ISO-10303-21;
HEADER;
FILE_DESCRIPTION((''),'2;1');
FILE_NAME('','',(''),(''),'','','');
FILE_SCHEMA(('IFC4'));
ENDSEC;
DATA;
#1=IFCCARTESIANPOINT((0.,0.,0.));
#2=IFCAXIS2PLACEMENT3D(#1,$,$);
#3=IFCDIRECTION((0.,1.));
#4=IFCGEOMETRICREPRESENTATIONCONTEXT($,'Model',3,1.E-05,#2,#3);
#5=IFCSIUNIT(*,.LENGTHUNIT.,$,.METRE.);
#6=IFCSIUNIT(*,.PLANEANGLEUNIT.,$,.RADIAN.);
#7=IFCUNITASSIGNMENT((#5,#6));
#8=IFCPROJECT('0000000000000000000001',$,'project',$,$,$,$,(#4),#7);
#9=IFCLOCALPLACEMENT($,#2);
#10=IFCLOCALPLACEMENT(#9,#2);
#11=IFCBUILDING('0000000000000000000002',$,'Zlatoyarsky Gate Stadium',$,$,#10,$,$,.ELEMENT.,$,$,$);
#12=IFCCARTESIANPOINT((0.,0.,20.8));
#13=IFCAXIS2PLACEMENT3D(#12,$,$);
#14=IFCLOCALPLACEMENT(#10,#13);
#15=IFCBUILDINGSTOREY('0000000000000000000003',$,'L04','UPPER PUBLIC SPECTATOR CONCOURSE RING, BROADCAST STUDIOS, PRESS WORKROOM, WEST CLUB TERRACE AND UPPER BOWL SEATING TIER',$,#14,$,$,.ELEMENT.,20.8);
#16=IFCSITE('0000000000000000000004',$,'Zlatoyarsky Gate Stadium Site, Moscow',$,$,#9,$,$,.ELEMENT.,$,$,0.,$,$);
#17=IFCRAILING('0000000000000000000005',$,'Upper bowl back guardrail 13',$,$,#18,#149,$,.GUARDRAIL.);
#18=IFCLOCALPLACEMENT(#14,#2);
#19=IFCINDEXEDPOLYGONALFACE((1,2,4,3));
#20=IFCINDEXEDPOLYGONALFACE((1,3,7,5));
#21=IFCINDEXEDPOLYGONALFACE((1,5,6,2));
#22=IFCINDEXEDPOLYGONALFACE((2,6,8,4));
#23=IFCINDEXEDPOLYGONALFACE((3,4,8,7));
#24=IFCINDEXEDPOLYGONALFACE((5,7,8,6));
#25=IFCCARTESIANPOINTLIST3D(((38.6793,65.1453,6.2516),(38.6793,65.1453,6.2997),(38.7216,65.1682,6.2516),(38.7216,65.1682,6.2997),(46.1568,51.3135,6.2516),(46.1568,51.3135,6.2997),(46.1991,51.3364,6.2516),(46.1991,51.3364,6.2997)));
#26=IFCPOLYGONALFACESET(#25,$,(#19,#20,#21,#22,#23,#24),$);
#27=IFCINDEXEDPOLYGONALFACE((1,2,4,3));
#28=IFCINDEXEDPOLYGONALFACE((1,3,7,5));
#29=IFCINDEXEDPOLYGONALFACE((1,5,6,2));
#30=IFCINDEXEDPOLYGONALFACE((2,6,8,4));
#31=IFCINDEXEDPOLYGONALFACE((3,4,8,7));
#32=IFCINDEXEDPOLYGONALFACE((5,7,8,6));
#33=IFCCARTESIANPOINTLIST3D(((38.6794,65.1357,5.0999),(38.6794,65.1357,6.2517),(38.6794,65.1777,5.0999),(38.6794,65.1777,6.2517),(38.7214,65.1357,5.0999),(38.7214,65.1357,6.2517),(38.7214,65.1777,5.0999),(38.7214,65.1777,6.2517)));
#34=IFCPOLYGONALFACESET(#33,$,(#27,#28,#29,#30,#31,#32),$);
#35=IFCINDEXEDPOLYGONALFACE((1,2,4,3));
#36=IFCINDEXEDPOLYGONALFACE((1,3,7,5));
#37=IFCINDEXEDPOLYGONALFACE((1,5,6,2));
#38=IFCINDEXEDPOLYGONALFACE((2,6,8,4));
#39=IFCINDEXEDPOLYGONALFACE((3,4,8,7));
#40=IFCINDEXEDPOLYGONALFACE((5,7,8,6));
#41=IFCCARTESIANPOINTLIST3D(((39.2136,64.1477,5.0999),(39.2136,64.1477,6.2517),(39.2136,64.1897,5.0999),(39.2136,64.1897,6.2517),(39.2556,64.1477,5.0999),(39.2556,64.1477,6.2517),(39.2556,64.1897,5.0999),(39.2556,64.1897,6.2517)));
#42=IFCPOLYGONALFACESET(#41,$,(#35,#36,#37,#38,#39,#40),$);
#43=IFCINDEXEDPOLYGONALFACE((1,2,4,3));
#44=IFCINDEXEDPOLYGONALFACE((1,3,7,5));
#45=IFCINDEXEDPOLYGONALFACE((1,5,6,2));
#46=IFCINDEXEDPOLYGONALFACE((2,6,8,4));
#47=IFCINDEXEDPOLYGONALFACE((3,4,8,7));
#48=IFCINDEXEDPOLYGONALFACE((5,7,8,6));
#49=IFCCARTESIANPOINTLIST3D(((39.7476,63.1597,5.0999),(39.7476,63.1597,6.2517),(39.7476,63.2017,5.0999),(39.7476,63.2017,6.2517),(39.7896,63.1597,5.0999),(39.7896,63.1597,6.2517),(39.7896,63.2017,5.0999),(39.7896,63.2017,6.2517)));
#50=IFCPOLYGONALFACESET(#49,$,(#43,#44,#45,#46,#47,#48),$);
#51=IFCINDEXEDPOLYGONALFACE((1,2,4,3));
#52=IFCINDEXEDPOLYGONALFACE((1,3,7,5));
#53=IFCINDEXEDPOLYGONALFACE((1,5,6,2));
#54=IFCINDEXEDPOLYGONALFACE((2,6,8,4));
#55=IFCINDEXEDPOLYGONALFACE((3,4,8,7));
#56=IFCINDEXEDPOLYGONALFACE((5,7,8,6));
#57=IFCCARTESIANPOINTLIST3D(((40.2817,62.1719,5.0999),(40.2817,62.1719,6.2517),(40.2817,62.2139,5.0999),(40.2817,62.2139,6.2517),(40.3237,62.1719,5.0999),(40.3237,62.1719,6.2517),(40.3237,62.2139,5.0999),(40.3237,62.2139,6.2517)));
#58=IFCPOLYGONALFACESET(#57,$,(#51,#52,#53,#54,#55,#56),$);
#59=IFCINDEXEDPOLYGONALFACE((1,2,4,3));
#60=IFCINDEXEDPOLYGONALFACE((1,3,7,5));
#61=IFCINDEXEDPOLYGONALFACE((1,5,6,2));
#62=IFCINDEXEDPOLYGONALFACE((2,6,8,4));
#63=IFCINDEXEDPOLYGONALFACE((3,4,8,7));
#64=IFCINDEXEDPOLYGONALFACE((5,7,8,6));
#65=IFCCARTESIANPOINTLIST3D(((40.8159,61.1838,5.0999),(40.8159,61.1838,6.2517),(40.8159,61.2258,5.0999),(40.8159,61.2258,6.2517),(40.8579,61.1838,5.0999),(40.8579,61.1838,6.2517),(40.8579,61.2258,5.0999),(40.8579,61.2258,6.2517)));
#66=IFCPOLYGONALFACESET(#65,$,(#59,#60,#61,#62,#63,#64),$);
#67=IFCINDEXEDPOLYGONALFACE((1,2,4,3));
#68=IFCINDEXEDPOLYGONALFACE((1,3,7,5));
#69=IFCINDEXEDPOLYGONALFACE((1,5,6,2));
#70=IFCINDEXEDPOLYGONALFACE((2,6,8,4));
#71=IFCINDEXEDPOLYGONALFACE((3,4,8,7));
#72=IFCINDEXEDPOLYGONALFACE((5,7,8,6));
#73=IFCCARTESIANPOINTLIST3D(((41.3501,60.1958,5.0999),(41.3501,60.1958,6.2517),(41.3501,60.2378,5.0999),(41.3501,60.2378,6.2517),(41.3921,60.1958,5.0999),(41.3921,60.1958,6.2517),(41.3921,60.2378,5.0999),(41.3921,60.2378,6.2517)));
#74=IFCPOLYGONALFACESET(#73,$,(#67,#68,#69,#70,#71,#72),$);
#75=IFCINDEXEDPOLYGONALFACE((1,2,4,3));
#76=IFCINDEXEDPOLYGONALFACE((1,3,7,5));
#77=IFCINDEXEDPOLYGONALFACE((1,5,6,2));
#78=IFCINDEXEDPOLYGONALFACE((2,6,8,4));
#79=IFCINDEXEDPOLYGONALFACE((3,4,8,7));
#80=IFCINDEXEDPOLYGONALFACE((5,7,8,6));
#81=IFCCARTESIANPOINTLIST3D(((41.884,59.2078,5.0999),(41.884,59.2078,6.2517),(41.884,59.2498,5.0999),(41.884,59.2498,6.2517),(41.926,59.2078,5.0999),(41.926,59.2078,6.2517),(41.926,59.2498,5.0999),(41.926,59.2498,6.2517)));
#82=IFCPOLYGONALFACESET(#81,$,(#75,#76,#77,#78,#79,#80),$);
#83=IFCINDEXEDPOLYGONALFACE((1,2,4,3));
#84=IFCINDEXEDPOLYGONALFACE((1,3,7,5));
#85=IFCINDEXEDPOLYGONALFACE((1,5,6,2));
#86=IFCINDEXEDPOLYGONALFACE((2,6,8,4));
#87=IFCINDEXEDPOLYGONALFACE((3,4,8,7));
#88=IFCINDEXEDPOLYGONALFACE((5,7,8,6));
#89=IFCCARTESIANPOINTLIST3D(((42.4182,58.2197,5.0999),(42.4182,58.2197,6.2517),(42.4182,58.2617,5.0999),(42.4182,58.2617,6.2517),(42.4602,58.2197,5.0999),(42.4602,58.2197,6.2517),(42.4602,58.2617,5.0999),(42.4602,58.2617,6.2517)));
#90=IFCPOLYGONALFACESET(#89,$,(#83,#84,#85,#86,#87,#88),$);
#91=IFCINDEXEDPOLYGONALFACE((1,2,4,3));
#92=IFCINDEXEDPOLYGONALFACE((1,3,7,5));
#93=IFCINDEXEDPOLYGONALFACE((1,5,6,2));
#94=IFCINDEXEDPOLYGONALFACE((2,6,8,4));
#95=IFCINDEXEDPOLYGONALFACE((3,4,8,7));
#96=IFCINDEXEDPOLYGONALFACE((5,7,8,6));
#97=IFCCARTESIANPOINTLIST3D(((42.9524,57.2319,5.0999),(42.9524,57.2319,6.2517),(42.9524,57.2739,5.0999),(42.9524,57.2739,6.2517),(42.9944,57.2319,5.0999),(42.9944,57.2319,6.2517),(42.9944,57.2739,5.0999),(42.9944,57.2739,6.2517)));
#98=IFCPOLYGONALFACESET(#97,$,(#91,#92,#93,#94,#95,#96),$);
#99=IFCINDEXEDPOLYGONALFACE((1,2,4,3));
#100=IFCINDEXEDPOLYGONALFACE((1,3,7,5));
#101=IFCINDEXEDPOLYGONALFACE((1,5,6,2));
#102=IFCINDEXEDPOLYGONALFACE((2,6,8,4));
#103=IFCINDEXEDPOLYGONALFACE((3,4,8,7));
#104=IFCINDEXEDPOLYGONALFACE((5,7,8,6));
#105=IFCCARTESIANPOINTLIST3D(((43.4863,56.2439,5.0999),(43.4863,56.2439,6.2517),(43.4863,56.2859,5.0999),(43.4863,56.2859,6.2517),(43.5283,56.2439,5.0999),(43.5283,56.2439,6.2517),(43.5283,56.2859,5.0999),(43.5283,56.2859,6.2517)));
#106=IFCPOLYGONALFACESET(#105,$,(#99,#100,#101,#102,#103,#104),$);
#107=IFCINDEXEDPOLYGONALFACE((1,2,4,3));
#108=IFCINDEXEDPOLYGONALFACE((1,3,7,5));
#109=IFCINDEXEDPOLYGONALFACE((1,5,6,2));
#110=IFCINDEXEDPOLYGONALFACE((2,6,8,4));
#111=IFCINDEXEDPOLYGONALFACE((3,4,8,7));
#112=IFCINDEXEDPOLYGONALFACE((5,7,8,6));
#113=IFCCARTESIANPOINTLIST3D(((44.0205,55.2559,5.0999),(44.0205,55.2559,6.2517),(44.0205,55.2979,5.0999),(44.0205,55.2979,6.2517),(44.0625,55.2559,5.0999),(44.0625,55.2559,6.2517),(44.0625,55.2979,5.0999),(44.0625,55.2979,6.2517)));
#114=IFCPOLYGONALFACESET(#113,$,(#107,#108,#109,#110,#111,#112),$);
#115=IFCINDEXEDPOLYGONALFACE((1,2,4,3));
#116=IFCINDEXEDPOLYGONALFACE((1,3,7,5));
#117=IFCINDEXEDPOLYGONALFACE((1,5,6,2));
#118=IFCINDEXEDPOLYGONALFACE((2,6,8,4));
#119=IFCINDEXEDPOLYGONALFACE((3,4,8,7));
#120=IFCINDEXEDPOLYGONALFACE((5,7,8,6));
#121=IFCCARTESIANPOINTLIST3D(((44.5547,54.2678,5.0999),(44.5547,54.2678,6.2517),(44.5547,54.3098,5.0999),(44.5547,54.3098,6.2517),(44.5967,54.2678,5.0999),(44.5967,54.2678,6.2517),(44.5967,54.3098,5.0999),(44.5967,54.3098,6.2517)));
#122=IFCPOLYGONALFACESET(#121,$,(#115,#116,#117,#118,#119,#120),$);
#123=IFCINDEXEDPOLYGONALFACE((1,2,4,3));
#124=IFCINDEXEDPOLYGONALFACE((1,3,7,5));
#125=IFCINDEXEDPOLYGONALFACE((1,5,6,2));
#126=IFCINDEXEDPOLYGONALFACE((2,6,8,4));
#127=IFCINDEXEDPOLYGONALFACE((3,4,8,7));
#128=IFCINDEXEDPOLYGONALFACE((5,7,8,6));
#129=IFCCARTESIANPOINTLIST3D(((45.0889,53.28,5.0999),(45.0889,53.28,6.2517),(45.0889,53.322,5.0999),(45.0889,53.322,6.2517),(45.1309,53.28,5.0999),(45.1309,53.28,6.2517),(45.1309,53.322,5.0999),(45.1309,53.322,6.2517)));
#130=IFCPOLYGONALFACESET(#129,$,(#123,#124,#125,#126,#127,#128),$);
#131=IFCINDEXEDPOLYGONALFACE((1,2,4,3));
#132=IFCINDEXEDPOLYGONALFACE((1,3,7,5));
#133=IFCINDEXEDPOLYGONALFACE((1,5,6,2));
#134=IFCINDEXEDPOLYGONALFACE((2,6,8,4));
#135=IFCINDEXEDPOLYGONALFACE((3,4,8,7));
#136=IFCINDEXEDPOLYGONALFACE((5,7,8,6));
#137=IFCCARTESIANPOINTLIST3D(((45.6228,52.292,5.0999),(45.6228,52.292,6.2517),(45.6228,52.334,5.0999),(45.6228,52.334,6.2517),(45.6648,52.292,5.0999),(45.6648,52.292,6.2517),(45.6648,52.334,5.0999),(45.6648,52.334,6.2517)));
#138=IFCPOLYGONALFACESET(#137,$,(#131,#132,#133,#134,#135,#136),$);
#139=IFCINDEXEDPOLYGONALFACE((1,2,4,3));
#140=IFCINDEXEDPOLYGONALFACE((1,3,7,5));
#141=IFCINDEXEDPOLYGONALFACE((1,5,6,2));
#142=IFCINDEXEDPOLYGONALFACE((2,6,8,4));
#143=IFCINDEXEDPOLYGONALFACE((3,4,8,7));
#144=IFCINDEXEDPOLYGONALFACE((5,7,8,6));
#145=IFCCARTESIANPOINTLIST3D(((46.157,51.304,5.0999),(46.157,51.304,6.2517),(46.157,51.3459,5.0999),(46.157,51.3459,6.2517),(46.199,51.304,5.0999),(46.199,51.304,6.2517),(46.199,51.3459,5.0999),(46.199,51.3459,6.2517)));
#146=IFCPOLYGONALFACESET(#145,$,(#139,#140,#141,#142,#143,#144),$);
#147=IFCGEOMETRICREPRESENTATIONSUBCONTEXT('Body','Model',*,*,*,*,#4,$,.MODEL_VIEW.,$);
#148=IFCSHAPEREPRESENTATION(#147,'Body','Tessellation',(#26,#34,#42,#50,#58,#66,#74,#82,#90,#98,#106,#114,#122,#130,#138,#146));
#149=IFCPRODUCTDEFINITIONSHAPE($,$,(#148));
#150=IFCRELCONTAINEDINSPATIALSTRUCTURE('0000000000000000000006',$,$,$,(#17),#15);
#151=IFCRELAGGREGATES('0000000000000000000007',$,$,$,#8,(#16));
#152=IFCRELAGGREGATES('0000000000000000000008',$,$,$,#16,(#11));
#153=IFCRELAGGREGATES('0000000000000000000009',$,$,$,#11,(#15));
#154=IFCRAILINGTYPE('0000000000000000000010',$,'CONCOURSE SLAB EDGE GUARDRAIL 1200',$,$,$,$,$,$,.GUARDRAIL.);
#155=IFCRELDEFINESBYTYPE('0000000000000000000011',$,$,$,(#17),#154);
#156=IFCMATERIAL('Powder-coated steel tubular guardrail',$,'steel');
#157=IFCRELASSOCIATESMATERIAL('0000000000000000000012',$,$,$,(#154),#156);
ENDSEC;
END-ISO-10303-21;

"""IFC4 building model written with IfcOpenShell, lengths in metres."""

from ifc_helpers import new_model, si_unit, direction, frame, origin, origin_2d, place, context, subcontext, project, spatial, rectangle, extrude, material, type_object, element, save


model = new_model("IFC4")

# Units and contexts
model_context = context("Model", 3, precision=1e-05, world=origin(), true_north=direction((0.0, 1.0)))
body_context = subcontext(model_context, "Body", "Model", "MODEL_VIEW")
ifc_project = project(units=[si_unit("LENGTHUNIT", "METRE"), si_unit("PLANEANGLEUNIT", "RADIAN")], contexts=[model_context])

# Site, building, storey
site_placement = place(None, origin())
site = spatial("IfcSite", under=ifc_project, at=site_placement, Name="Zlatoyarsky Gate Stadium Site, Moscow", CompositionType="ELEMENT", RefElevation=0.0)
building_placement = place(site_placement, origin())
building = spatial("IfcBuilding", under=site, at=building_placement, Name="Zlatoyarsky Gate Stadium", CompositionType="ELEMENT")
storey_placement = place(building_placement, frame((0.0, 0.0, 20.8)))
storey = spatial("IfcBuildingStorey", under=building, at=storey_placement, Name="L04", Description="UPPER PUBLIC SPECTATOR CONCOURSE RING, BROADCAST STUDIOS, PRESS WORKROOM, WEST CLUB TERRACE AND UPPER BOWL SEATING TIER", CompositionType="ELEMENT", Elevation=20.8)

# Railing
ifc_material_1 = material(Name="Powder-coated steel tubular guardrail", Category="steel")
railing_type_1 = type_object("IfcRailingType", Name="CONCOURSE SLAB EDGE GUARDRAIL 1200", PredefinedType="GUARDRAIL", material=ifc_material_1)
railing_1_placement = place(storey_placement, frame((38.7004, 65.1567, 5.0999)))
element("IfcRailing", 1, at=railing_1_placement, inside=storey, type_object=railing_type_1, Name="Upper bowl back guardrail 13", PredefinedType="GUARDRAIL", context=body_context, shape_type="SweptSolid", body=[
    extrude(rectangle(XDim=0.0481, YDim=0.0481, at=origin_2d()), frame((0.0, 0.0, 1.1758), z_axis=(0.475561, -0.879683, 0.0), x_axis=(0.879683, 0.475561, 0.0)), (0.0, 0.0, 1.0), 15.7236),
    extrude(rectangle(XDim=0.042, YDim=0.042, at=origin_2d()), origin(), (0.0, 0.0, 1.0), 1.1519),
    extrude(rectangle(XDim=0.042, YDim=0.042, at=origin_2d()), frame((0.5342, -0.988, 0.0)), (0.0, 0.0, 1.0), 1.1519),
    extrude(rectangle(XDim=0.042, YDim=0.042, at=origin_2d()), frame((1.0681, -1.9761, 0.0)), (0.0, 0.0, 1.0), 1.1519),
    extrude(rectangle(XDim=0.042, YDim=0.042, at=origin_2d()), frame((1.6023, -2.9639, 0.0)), (0.0, 0.0, 1.0), 1.1519),
    extrude(rectangle(XDim=0.042, YDim=0.042, at=origin_2d()), frame((2.1365, -3.9519, 0.0)), (0.0, 0.0, 1.0), 1.1519),
    extrude(rectangle(XDim=0.042, YDim=0.042, at=origin_2d()), frame((2.6707, -4.9399, 0.0)), (0.0, 0.0, 1.0), 1.1519),
    extrude(rectangle(XDim=0.042, YDim=0.042, at=origin_2d()), frame((3.2046, -5.928, 0.0)), (0.0, 0.0, 1.0), 1.1519),
    extrude(rectangle(XDim=0.042, YDim=0.042, at=origin_2d()), frame((3.7388, -6.916, 0.0)), (0.0, 0.0, 1.0), 1.1519),
    extrude(rectangle(XDim=0.042, YDim=0.042, at=origin_2d()), frame((4.2729, -7.9038, 0.0)), (0.0, 0.0, 1.0), 1.1519),
    extrude(rectangle(XDim=0.042, YDim=0.042, at=origin_2d()), frame((4.8069, -8.8918, 0.0)), (0.0, 0.0, 1.0), 1.1519),
    extrude(rectangle(XDim=0.042, YDim=0.042, at=origin_2d()), frame((5.3411, -9.8799, 0.0)), (0.0, 0.0, 1.0), 1.1519),
    extrude(rectangle(XDim=0.042, YDim=0.042, at=origin_2d()), frame((5.8752, -10.8679, 0.0)), (0.0, 0.0, 1.0), 1.1519),
    extrude(rectangle(XDim=0.042, YDim=0.042, at=origin_2d()), frame((6.4094, -11.8557, 0.0)), (0.0, 0.0, 1.0), 1.1519),
    extrude(rectangle(XDim=0.042, YDim=0.042, at=origin_2d()), frame((6.9434, -12.8438, 0.0)), (0.0, 0.0, 1.0), 1.1519),
    extrude(rectangle(XDim=0.042, YDim=0.042, at=origin_2d()), frame((7.4775, -13.8318, 0.0)), (0.0, 0.0, 1.0), 1.1519),
])

save(model, "model.ifc")
